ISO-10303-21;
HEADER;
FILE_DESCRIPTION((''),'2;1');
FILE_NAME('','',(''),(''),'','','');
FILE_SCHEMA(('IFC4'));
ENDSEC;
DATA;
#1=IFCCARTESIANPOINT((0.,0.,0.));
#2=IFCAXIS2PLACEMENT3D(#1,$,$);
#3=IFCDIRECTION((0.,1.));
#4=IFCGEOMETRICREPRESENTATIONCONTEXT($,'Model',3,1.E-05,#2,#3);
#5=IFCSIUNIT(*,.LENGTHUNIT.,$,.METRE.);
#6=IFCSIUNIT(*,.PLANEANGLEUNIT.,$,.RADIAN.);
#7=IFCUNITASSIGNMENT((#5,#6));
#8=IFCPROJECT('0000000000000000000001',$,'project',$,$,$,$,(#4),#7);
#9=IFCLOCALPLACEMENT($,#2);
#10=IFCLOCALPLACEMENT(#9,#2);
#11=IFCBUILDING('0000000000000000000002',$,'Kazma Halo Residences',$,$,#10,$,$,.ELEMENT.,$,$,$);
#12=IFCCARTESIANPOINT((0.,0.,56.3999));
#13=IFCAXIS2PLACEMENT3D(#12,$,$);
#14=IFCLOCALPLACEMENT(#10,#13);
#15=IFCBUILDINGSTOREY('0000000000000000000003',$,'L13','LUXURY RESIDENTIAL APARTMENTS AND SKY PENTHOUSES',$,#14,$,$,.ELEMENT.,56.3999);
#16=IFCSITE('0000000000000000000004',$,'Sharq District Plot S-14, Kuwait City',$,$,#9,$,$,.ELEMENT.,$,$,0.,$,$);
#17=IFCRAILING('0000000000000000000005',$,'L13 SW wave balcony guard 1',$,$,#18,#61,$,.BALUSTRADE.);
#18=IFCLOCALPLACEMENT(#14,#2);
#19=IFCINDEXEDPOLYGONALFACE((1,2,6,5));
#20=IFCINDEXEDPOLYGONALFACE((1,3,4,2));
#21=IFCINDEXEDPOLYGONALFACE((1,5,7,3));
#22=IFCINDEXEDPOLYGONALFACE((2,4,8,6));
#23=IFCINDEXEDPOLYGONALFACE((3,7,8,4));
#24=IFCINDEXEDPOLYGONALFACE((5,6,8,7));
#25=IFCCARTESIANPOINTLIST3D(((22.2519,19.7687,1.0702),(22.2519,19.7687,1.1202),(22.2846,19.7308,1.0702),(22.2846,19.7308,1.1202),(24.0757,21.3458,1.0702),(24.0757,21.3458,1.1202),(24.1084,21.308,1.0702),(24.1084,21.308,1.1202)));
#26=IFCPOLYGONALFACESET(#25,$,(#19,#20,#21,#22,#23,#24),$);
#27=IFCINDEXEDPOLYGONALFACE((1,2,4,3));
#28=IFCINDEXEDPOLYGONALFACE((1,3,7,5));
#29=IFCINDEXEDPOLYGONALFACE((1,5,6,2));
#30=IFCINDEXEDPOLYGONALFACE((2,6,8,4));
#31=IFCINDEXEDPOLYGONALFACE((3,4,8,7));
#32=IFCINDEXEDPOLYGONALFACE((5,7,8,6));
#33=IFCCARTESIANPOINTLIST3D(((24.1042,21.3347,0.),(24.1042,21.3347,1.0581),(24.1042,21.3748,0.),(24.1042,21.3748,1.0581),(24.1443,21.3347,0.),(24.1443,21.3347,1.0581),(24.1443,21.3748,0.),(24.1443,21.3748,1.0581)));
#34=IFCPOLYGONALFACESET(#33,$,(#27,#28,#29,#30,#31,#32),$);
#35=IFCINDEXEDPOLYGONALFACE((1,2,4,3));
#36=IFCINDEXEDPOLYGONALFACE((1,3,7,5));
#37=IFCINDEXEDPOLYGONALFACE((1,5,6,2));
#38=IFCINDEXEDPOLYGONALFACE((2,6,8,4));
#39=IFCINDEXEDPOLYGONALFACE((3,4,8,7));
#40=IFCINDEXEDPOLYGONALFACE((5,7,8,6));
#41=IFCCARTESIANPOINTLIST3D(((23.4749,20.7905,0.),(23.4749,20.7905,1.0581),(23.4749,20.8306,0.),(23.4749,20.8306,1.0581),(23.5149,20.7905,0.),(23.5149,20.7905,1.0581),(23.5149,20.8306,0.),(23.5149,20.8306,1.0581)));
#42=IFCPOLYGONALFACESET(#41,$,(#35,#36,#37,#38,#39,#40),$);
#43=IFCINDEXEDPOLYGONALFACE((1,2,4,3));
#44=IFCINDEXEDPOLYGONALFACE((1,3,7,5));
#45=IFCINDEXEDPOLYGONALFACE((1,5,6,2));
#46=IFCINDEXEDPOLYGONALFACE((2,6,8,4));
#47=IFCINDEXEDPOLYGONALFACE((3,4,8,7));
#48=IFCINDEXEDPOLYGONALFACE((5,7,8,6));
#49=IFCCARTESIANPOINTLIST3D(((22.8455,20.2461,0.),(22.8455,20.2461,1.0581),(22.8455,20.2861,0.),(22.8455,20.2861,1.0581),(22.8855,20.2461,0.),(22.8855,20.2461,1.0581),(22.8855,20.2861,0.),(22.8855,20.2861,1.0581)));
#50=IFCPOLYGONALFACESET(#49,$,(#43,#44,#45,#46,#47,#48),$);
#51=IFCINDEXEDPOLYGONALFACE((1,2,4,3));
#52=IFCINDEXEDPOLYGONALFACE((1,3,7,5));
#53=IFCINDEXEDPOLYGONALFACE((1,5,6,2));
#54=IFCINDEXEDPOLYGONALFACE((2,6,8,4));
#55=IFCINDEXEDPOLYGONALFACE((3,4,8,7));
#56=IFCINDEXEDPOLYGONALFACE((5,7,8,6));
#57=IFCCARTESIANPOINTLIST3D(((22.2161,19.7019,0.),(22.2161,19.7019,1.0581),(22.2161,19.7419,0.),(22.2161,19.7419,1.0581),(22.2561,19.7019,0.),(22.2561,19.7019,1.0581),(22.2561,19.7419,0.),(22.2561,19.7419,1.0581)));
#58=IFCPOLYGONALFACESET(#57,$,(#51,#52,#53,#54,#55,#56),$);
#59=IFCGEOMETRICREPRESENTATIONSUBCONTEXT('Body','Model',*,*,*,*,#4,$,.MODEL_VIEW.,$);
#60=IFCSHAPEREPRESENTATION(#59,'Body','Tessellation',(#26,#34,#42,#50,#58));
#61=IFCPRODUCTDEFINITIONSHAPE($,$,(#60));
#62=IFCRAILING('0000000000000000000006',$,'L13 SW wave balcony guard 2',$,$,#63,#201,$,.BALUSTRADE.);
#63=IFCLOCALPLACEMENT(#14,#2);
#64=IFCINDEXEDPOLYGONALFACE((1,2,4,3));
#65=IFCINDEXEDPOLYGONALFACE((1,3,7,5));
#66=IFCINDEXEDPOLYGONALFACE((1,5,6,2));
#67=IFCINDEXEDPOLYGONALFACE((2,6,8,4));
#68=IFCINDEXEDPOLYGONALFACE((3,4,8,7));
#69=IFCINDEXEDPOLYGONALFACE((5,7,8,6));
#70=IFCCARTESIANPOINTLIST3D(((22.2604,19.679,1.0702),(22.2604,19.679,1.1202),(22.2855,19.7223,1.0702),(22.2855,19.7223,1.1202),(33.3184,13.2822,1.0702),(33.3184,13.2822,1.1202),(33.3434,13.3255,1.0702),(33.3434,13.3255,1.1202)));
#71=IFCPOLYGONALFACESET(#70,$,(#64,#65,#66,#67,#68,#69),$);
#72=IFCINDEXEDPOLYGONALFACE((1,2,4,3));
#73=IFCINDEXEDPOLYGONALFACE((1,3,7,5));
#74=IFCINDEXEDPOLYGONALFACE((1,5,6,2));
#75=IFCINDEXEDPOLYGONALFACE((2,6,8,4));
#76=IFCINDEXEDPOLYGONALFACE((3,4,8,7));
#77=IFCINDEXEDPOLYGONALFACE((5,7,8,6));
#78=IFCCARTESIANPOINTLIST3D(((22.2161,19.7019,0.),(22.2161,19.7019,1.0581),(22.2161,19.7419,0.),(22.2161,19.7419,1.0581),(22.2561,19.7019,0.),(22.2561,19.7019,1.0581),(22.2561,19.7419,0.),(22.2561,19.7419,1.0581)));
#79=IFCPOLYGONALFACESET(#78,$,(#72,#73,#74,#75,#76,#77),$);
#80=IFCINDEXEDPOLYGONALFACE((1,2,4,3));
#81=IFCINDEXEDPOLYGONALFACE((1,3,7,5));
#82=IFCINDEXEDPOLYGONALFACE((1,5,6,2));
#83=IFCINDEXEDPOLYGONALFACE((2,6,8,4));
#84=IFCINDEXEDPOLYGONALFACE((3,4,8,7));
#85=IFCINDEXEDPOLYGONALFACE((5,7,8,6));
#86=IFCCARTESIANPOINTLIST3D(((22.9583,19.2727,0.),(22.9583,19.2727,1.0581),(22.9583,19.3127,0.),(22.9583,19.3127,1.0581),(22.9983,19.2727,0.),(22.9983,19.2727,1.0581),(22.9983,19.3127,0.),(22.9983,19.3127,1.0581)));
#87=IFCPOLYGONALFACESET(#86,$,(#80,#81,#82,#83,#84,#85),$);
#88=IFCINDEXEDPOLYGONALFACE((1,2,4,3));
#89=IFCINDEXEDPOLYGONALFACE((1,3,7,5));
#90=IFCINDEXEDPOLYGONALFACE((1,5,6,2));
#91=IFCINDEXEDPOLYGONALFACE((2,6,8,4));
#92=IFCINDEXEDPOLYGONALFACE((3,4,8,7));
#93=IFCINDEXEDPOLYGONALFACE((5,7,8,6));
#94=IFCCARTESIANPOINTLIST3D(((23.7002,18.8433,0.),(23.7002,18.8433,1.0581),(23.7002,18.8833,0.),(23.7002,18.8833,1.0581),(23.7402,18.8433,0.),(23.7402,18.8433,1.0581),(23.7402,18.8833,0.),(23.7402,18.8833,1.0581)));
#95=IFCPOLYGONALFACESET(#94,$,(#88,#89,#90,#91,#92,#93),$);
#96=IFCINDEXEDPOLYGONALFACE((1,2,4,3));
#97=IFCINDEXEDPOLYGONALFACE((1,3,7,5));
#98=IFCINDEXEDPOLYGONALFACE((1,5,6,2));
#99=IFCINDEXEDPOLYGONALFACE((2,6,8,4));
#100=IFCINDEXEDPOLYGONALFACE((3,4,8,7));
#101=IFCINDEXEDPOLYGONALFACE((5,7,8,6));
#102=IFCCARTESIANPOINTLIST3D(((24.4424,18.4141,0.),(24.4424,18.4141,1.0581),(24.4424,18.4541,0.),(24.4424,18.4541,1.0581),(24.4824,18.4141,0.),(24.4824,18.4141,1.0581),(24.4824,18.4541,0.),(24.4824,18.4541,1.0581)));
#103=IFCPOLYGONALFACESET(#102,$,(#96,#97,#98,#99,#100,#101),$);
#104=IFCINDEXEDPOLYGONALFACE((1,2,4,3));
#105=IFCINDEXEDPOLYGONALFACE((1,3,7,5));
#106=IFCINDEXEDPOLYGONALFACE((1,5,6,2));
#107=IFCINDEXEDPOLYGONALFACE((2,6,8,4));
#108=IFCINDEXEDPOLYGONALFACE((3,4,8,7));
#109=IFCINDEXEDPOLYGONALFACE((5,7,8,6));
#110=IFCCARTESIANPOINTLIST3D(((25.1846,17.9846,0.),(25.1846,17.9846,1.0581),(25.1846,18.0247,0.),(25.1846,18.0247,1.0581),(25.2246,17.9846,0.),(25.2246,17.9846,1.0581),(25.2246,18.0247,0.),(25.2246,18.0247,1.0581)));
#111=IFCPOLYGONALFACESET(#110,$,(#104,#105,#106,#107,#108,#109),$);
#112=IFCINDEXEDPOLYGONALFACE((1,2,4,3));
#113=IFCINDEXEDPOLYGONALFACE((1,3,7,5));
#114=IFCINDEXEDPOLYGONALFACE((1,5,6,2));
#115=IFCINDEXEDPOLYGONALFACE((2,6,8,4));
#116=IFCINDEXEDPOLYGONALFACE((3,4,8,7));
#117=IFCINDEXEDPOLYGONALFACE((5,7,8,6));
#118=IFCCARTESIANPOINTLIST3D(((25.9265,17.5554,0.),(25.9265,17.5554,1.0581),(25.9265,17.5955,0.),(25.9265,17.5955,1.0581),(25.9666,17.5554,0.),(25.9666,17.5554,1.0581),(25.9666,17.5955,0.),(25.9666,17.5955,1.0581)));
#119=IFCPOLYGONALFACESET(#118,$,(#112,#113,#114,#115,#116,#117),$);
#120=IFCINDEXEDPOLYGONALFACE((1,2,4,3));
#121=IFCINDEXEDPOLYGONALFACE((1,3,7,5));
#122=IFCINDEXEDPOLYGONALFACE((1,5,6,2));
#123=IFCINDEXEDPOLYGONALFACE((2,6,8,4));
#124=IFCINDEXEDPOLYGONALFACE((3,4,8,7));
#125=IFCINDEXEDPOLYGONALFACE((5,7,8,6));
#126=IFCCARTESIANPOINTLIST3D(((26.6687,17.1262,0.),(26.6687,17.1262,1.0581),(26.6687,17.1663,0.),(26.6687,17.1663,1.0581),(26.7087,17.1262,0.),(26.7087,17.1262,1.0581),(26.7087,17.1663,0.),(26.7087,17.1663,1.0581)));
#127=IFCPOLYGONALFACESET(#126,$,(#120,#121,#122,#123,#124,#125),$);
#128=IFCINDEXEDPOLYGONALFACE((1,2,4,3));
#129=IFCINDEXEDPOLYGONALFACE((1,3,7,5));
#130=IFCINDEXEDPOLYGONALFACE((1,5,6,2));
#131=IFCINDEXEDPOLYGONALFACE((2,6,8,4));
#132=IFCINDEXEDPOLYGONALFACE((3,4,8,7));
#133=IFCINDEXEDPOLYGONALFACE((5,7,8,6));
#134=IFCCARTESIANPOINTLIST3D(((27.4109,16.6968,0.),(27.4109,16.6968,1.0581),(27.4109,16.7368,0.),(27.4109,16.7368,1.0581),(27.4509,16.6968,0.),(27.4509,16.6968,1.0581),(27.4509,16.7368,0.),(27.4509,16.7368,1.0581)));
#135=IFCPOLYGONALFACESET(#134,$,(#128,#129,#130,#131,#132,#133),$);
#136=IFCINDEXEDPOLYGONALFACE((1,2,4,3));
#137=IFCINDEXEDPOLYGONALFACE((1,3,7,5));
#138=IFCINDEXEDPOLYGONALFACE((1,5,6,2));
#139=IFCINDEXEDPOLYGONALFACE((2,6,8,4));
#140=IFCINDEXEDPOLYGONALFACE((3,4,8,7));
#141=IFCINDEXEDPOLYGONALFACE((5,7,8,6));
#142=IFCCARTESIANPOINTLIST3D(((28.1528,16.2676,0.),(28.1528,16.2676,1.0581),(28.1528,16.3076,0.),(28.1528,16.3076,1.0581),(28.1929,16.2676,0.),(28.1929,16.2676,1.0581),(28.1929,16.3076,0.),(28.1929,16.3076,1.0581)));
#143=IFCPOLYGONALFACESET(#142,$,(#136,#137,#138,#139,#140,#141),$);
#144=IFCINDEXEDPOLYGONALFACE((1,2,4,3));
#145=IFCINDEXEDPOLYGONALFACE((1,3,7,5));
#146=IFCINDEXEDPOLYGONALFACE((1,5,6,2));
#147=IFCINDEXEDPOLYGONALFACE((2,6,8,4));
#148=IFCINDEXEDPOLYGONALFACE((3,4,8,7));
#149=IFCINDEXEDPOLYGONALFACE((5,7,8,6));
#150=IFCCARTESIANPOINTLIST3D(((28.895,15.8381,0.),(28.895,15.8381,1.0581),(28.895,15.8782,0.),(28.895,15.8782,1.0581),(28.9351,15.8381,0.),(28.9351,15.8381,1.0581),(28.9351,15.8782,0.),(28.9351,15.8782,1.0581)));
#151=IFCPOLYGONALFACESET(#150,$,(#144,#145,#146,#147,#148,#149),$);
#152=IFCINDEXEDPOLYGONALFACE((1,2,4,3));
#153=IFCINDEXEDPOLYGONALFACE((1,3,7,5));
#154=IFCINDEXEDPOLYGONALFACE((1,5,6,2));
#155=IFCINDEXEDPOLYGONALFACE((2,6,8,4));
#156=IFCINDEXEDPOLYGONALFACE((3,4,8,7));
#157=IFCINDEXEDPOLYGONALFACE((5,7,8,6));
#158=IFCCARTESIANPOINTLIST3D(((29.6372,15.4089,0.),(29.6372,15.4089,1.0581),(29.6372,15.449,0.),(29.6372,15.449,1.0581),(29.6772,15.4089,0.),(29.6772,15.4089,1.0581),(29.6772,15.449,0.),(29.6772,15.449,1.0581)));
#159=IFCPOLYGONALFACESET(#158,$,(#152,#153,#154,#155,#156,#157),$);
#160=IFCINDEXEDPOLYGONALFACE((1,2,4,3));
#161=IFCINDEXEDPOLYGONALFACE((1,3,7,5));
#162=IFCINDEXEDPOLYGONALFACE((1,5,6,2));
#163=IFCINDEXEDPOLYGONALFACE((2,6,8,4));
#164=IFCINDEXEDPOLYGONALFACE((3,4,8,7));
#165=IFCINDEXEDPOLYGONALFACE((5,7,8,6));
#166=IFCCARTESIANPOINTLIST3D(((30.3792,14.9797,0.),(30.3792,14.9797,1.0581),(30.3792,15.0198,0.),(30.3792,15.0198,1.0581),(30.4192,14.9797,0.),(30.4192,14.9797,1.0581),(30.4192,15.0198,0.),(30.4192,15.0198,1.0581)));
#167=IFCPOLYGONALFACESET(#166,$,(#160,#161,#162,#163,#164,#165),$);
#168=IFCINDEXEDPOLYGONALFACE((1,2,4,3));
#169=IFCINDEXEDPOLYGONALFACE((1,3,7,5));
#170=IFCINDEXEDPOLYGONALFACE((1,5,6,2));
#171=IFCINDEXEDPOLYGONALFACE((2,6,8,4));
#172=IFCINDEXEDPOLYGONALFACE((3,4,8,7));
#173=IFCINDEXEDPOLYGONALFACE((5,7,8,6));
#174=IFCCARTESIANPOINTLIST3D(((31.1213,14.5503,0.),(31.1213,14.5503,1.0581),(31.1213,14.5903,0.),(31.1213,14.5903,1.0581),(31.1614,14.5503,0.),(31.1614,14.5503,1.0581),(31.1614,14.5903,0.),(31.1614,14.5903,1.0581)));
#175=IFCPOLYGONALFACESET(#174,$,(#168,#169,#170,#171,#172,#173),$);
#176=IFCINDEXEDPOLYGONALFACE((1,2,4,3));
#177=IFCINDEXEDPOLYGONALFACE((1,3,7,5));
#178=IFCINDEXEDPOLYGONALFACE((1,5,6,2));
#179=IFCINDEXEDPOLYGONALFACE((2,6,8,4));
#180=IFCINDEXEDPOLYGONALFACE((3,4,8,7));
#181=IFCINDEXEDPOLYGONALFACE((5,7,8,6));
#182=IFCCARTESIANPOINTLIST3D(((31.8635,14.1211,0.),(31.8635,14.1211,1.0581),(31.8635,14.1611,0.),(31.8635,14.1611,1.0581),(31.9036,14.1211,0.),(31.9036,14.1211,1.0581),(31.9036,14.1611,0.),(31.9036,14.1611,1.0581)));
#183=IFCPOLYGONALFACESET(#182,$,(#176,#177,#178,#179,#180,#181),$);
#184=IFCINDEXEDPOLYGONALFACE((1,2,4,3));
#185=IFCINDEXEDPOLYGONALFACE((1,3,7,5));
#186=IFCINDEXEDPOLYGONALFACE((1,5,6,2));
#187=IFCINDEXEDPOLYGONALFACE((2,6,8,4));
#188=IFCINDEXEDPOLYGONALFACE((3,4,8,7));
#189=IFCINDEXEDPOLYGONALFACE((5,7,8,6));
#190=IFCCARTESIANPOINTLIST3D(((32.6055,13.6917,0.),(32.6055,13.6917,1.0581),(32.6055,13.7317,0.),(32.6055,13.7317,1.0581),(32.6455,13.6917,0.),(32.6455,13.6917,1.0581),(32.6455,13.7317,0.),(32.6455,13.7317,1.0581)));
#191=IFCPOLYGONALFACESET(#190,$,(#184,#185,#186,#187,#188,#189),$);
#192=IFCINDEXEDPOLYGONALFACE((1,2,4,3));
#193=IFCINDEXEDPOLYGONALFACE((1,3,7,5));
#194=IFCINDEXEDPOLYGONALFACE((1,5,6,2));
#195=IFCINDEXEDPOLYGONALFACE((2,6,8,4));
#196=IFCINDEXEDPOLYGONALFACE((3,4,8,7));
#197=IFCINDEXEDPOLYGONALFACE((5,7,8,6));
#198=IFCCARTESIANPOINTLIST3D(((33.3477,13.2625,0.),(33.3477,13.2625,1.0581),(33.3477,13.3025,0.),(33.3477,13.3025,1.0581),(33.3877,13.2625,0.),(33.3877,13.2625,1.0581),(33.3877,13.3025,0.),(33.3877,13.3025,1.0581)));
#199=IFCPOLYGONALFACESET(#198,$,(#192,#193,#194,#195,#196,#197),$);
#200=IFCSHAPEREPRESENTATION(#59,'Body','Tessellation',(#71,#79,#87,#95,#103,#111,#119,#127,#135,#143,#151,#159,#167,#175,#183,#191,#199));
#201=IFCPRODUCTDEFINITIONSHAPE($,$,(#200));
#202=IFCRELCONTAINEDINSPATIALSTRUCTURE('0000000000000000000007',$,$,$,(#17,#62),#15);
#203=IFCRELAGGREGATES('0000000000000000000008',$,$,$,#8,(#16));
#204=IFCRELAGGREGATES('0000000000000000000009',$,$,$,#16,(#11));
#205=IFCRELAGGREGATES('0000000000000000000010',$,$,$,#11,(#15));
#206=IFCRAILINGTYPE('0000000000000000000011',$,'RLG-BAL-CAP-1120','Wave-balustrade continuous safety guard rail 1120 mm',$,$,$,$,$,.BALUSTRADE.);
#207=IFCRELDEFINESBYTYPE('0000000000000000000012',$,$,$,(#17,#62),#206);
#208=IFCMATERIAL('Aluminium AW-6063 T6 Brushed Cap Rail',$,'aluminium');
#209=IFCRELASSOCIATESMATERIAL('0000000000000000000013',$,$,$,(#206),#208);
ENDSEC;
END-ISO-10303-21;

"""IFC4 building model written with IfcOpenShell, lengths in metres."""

from ifc_helpers import new_model, si_unit, direction, frame, origin, origin_2d, place, context, subcontext, project, spatial, rectangle, extrude, material, type_object, element, save


model = new_model("IFC4")

# Units and contexts
model_context = context("Model", 3, precision=1e-05, world=origin(), true_north=direction((0.0, 1.0)))
body_context = subcontext(model_context, "Body", "Model", "MODEL_VIEW")
ifc_project = project(units=[si_unit("LENGTHUNIT", "METRE"), si_unit("PLANEANGLEUNIT", "RADIAN")], contexts=[model_context])

# Site, building, storey
site_placement = place(None, origin())
site = spatial("IfcSite", under=ifc_project, at=site_placement, Name="Sharq District Plot S-14, Kuwait City", CompositionType="ELEMENT", RefElevation=0.0)
building_placement = place(site_placement, origin())
building = spatial("IfcBuilding", under=site, at=building_placement, Name="Kazma Halo Residences", CompositionType="ELEMENT")
storey_placement = place(building_placement, frame((0.0, 0.0, 56.3999)))
storey = spatial("IfcBuildingStorey", under=building, at=storey_placement, Name="L13", Description="LUXURY RESIDENTIAL APARTMENTS AND SKY PENTHOUSES", CompositionType="ELEMENT", Elevation=56.3999)

# Railings
ifc_material_1 = material(Name="Aluminium AW-6063 T6 Brushed Cap Rail", Category="aluminium")
railing_type = type_object("IfcRailingType", Name="RLG-BAL-CAP-1120", Description="Wave-balustrade continuous safety guard rail 1120 mm", PredefinedType="BALUSTRADE", material=ifc_material_1)
railing_1_placement = place(storey_placement, frame((24.1243, 21.3547, 0.0)))
element("IfcRailing", 1, at=railing_1_placement, inside=storey, type_object=railing_type, Name="L13 SW wave balcony guard 1", PredefinedType="BALUSTRADE", context=body_context, shape_type="SweptSolid", body=[
    extrude(rectangle(XDim=0.05, YDim=0.05, at=origin_2d()), frame((-0.0322, -0.0278, 1.0952), z_axis=(-0.756405, -0.654104, 0.0), x_axis=(0.654104, -0.756405, 0.0)), (0.0, 0.0, 1.0), 2.4111),
    extrude(rectangle(XDim=0.04, YDim=0.04, at=origin_2d()), origin(), (0.0, 0.0, 1.0), 1.0581),
    extrude(rectangle(XDim=0.04, YDim=0.04, at=origin_2d()), frame((-0.6294, -0.5442, 0.0)), (0.0, 0.0, 1.0), 1.0581),
    extrude(rectangle(XDim=0.04, YDim=0.04, at=origin_2d()), frame((-1.2588, -1.0886, 0.0)), (0.0, 0.0, 1.0), 1.0581),
    extrude(rectangle(XDim=0.04, YDim=0.04, at=origin_2d()), frame((-1.8882, -1.6328, 0.0)), (0.0, 0.0, 1.0), 1.0581),
])
railing_2_placement = place(storey_placement, frame((22.2361, 19.7219, 0.0)))
element("IfcRailing", 2, at=railing_2_placement, inside=storey, type_object=railing_type, Name="L13 SW wave balcony guard 2", PredefinedType="BALUSTRADE", context=body_context, shape_type="SweptSolid", body=[
    extrude(rectangle(XDim=0.05, YDim=0.05, at=origin_2d()), frame((0.0369, -0.0212, 1.0952), z_axis=(0.8656, -0.500736, 0.0), x_axis=(0.500736, 0.8656, 0.0)), (0.0, 0.0, 1.0), 12.7749),
    extrude(rectangle(XDim=0.04, YDim=0.04, at=origin_2d()), origin(), (0.0, 0.0, 1.0), 1.0581),
    extrude(rectangle(XDim=0.04, YDim=0.04, at=origin_2d()), frame((0.7422, -0.4292, 0.0)), (0.0, 0.0, 1.0), 1.0581),
    extrude(rectangle(XDim=0.04, YDim=0.04, at=origin_2d()), frame((1.4841, -0.8586, 0.0)), (0.0, 0.0, 1.0), 1.0581),
    extrude(rectangle(XDim=0.04, YDim=0.04, at=origin_2d()), frame((2.2263, -1.2878, 0.0)), (0.0, 0.0, 1.0), 1.0581),
    extrude(rectangle(XDim=0.04, YDim=0.04, at=origin_2d()), frame((2.9685, -1.7173, 0.0)), (0.0, 0.0, 1.0), 1.0581),
    extrude(rectangle(XDim=0.04, YDim=0.04, at=origin_2d()), frame((3.7104, -2.1465, 0.0)), (0.0, 0.0, 1.0), 1.0581),
    extrude(rectangle(XDim=0.04, YDim=0.04, at=origin_2d()), frame((4.4526, -2.5757, 0.0)), (0.0, 0.0, 1.0), 1.0581),
    extrude(rectangle(XDim=0.04, YDim=0.04, at=origin_2d()), frame((5.1948, -3.0051, 0.0)), (0.0, 0.0, 1.0), 1.0581),
    extrude(rectangle(XDim=0.04, YDim=0.04, at=origin_2d()), frame((5.9368, -3.4343, 0.0)), (0.0, 0.0, 1.0), 1.0581),
    extrude(rectangle(XDim=0.04, YDim=0.04, at=origin_2d()), frame((6.679, -3.8638, 0.0)), (0.0, 0.0, 1.0), 1.0581),
    extrude(rectangle(XDim=0.04, YDim=0.04, at=origin_2d()), frame((7.4211, -4.293, 0.0)), (0.0, 0.0, 1.0), 1.0581),
    extrude(rectangle(XDim=0.04, YDim=0.04, at=origin_2d()), frame((8.1631, -4.7222, 0.0)), (0.0, 0.0, 1.0), 1.0581),
    extrude(rectangle(XDim=0.04, YDim=0.04, at=origin_2d()), frame((8.9053, -5.1516, 0.0)), (0.0, 0.0, 1.0), 1.0581),
    extrude(rectangle(XDim=0.04, YDim=0.04, at=origin_2d()), frame((9.6475, -5.5808, 0.0)), (0.0, 0.0, 1.0), 1.0581),
    extrude(rectangle(XDim=0.04, YDim=0.04, at=origin_2d()), frame((10.3894, -6.0103, 0.0)), (0.0, 0.0, 1.0), 1.0581),
    extrude(rectangle(XDim=0.04, YDim=0.04, at=origin_2d()), frame((11.1316, -6.4395, 0.0)), (0.0, 0.0, 1.0), 1.0581),
])

save(model, "model.ifc")
